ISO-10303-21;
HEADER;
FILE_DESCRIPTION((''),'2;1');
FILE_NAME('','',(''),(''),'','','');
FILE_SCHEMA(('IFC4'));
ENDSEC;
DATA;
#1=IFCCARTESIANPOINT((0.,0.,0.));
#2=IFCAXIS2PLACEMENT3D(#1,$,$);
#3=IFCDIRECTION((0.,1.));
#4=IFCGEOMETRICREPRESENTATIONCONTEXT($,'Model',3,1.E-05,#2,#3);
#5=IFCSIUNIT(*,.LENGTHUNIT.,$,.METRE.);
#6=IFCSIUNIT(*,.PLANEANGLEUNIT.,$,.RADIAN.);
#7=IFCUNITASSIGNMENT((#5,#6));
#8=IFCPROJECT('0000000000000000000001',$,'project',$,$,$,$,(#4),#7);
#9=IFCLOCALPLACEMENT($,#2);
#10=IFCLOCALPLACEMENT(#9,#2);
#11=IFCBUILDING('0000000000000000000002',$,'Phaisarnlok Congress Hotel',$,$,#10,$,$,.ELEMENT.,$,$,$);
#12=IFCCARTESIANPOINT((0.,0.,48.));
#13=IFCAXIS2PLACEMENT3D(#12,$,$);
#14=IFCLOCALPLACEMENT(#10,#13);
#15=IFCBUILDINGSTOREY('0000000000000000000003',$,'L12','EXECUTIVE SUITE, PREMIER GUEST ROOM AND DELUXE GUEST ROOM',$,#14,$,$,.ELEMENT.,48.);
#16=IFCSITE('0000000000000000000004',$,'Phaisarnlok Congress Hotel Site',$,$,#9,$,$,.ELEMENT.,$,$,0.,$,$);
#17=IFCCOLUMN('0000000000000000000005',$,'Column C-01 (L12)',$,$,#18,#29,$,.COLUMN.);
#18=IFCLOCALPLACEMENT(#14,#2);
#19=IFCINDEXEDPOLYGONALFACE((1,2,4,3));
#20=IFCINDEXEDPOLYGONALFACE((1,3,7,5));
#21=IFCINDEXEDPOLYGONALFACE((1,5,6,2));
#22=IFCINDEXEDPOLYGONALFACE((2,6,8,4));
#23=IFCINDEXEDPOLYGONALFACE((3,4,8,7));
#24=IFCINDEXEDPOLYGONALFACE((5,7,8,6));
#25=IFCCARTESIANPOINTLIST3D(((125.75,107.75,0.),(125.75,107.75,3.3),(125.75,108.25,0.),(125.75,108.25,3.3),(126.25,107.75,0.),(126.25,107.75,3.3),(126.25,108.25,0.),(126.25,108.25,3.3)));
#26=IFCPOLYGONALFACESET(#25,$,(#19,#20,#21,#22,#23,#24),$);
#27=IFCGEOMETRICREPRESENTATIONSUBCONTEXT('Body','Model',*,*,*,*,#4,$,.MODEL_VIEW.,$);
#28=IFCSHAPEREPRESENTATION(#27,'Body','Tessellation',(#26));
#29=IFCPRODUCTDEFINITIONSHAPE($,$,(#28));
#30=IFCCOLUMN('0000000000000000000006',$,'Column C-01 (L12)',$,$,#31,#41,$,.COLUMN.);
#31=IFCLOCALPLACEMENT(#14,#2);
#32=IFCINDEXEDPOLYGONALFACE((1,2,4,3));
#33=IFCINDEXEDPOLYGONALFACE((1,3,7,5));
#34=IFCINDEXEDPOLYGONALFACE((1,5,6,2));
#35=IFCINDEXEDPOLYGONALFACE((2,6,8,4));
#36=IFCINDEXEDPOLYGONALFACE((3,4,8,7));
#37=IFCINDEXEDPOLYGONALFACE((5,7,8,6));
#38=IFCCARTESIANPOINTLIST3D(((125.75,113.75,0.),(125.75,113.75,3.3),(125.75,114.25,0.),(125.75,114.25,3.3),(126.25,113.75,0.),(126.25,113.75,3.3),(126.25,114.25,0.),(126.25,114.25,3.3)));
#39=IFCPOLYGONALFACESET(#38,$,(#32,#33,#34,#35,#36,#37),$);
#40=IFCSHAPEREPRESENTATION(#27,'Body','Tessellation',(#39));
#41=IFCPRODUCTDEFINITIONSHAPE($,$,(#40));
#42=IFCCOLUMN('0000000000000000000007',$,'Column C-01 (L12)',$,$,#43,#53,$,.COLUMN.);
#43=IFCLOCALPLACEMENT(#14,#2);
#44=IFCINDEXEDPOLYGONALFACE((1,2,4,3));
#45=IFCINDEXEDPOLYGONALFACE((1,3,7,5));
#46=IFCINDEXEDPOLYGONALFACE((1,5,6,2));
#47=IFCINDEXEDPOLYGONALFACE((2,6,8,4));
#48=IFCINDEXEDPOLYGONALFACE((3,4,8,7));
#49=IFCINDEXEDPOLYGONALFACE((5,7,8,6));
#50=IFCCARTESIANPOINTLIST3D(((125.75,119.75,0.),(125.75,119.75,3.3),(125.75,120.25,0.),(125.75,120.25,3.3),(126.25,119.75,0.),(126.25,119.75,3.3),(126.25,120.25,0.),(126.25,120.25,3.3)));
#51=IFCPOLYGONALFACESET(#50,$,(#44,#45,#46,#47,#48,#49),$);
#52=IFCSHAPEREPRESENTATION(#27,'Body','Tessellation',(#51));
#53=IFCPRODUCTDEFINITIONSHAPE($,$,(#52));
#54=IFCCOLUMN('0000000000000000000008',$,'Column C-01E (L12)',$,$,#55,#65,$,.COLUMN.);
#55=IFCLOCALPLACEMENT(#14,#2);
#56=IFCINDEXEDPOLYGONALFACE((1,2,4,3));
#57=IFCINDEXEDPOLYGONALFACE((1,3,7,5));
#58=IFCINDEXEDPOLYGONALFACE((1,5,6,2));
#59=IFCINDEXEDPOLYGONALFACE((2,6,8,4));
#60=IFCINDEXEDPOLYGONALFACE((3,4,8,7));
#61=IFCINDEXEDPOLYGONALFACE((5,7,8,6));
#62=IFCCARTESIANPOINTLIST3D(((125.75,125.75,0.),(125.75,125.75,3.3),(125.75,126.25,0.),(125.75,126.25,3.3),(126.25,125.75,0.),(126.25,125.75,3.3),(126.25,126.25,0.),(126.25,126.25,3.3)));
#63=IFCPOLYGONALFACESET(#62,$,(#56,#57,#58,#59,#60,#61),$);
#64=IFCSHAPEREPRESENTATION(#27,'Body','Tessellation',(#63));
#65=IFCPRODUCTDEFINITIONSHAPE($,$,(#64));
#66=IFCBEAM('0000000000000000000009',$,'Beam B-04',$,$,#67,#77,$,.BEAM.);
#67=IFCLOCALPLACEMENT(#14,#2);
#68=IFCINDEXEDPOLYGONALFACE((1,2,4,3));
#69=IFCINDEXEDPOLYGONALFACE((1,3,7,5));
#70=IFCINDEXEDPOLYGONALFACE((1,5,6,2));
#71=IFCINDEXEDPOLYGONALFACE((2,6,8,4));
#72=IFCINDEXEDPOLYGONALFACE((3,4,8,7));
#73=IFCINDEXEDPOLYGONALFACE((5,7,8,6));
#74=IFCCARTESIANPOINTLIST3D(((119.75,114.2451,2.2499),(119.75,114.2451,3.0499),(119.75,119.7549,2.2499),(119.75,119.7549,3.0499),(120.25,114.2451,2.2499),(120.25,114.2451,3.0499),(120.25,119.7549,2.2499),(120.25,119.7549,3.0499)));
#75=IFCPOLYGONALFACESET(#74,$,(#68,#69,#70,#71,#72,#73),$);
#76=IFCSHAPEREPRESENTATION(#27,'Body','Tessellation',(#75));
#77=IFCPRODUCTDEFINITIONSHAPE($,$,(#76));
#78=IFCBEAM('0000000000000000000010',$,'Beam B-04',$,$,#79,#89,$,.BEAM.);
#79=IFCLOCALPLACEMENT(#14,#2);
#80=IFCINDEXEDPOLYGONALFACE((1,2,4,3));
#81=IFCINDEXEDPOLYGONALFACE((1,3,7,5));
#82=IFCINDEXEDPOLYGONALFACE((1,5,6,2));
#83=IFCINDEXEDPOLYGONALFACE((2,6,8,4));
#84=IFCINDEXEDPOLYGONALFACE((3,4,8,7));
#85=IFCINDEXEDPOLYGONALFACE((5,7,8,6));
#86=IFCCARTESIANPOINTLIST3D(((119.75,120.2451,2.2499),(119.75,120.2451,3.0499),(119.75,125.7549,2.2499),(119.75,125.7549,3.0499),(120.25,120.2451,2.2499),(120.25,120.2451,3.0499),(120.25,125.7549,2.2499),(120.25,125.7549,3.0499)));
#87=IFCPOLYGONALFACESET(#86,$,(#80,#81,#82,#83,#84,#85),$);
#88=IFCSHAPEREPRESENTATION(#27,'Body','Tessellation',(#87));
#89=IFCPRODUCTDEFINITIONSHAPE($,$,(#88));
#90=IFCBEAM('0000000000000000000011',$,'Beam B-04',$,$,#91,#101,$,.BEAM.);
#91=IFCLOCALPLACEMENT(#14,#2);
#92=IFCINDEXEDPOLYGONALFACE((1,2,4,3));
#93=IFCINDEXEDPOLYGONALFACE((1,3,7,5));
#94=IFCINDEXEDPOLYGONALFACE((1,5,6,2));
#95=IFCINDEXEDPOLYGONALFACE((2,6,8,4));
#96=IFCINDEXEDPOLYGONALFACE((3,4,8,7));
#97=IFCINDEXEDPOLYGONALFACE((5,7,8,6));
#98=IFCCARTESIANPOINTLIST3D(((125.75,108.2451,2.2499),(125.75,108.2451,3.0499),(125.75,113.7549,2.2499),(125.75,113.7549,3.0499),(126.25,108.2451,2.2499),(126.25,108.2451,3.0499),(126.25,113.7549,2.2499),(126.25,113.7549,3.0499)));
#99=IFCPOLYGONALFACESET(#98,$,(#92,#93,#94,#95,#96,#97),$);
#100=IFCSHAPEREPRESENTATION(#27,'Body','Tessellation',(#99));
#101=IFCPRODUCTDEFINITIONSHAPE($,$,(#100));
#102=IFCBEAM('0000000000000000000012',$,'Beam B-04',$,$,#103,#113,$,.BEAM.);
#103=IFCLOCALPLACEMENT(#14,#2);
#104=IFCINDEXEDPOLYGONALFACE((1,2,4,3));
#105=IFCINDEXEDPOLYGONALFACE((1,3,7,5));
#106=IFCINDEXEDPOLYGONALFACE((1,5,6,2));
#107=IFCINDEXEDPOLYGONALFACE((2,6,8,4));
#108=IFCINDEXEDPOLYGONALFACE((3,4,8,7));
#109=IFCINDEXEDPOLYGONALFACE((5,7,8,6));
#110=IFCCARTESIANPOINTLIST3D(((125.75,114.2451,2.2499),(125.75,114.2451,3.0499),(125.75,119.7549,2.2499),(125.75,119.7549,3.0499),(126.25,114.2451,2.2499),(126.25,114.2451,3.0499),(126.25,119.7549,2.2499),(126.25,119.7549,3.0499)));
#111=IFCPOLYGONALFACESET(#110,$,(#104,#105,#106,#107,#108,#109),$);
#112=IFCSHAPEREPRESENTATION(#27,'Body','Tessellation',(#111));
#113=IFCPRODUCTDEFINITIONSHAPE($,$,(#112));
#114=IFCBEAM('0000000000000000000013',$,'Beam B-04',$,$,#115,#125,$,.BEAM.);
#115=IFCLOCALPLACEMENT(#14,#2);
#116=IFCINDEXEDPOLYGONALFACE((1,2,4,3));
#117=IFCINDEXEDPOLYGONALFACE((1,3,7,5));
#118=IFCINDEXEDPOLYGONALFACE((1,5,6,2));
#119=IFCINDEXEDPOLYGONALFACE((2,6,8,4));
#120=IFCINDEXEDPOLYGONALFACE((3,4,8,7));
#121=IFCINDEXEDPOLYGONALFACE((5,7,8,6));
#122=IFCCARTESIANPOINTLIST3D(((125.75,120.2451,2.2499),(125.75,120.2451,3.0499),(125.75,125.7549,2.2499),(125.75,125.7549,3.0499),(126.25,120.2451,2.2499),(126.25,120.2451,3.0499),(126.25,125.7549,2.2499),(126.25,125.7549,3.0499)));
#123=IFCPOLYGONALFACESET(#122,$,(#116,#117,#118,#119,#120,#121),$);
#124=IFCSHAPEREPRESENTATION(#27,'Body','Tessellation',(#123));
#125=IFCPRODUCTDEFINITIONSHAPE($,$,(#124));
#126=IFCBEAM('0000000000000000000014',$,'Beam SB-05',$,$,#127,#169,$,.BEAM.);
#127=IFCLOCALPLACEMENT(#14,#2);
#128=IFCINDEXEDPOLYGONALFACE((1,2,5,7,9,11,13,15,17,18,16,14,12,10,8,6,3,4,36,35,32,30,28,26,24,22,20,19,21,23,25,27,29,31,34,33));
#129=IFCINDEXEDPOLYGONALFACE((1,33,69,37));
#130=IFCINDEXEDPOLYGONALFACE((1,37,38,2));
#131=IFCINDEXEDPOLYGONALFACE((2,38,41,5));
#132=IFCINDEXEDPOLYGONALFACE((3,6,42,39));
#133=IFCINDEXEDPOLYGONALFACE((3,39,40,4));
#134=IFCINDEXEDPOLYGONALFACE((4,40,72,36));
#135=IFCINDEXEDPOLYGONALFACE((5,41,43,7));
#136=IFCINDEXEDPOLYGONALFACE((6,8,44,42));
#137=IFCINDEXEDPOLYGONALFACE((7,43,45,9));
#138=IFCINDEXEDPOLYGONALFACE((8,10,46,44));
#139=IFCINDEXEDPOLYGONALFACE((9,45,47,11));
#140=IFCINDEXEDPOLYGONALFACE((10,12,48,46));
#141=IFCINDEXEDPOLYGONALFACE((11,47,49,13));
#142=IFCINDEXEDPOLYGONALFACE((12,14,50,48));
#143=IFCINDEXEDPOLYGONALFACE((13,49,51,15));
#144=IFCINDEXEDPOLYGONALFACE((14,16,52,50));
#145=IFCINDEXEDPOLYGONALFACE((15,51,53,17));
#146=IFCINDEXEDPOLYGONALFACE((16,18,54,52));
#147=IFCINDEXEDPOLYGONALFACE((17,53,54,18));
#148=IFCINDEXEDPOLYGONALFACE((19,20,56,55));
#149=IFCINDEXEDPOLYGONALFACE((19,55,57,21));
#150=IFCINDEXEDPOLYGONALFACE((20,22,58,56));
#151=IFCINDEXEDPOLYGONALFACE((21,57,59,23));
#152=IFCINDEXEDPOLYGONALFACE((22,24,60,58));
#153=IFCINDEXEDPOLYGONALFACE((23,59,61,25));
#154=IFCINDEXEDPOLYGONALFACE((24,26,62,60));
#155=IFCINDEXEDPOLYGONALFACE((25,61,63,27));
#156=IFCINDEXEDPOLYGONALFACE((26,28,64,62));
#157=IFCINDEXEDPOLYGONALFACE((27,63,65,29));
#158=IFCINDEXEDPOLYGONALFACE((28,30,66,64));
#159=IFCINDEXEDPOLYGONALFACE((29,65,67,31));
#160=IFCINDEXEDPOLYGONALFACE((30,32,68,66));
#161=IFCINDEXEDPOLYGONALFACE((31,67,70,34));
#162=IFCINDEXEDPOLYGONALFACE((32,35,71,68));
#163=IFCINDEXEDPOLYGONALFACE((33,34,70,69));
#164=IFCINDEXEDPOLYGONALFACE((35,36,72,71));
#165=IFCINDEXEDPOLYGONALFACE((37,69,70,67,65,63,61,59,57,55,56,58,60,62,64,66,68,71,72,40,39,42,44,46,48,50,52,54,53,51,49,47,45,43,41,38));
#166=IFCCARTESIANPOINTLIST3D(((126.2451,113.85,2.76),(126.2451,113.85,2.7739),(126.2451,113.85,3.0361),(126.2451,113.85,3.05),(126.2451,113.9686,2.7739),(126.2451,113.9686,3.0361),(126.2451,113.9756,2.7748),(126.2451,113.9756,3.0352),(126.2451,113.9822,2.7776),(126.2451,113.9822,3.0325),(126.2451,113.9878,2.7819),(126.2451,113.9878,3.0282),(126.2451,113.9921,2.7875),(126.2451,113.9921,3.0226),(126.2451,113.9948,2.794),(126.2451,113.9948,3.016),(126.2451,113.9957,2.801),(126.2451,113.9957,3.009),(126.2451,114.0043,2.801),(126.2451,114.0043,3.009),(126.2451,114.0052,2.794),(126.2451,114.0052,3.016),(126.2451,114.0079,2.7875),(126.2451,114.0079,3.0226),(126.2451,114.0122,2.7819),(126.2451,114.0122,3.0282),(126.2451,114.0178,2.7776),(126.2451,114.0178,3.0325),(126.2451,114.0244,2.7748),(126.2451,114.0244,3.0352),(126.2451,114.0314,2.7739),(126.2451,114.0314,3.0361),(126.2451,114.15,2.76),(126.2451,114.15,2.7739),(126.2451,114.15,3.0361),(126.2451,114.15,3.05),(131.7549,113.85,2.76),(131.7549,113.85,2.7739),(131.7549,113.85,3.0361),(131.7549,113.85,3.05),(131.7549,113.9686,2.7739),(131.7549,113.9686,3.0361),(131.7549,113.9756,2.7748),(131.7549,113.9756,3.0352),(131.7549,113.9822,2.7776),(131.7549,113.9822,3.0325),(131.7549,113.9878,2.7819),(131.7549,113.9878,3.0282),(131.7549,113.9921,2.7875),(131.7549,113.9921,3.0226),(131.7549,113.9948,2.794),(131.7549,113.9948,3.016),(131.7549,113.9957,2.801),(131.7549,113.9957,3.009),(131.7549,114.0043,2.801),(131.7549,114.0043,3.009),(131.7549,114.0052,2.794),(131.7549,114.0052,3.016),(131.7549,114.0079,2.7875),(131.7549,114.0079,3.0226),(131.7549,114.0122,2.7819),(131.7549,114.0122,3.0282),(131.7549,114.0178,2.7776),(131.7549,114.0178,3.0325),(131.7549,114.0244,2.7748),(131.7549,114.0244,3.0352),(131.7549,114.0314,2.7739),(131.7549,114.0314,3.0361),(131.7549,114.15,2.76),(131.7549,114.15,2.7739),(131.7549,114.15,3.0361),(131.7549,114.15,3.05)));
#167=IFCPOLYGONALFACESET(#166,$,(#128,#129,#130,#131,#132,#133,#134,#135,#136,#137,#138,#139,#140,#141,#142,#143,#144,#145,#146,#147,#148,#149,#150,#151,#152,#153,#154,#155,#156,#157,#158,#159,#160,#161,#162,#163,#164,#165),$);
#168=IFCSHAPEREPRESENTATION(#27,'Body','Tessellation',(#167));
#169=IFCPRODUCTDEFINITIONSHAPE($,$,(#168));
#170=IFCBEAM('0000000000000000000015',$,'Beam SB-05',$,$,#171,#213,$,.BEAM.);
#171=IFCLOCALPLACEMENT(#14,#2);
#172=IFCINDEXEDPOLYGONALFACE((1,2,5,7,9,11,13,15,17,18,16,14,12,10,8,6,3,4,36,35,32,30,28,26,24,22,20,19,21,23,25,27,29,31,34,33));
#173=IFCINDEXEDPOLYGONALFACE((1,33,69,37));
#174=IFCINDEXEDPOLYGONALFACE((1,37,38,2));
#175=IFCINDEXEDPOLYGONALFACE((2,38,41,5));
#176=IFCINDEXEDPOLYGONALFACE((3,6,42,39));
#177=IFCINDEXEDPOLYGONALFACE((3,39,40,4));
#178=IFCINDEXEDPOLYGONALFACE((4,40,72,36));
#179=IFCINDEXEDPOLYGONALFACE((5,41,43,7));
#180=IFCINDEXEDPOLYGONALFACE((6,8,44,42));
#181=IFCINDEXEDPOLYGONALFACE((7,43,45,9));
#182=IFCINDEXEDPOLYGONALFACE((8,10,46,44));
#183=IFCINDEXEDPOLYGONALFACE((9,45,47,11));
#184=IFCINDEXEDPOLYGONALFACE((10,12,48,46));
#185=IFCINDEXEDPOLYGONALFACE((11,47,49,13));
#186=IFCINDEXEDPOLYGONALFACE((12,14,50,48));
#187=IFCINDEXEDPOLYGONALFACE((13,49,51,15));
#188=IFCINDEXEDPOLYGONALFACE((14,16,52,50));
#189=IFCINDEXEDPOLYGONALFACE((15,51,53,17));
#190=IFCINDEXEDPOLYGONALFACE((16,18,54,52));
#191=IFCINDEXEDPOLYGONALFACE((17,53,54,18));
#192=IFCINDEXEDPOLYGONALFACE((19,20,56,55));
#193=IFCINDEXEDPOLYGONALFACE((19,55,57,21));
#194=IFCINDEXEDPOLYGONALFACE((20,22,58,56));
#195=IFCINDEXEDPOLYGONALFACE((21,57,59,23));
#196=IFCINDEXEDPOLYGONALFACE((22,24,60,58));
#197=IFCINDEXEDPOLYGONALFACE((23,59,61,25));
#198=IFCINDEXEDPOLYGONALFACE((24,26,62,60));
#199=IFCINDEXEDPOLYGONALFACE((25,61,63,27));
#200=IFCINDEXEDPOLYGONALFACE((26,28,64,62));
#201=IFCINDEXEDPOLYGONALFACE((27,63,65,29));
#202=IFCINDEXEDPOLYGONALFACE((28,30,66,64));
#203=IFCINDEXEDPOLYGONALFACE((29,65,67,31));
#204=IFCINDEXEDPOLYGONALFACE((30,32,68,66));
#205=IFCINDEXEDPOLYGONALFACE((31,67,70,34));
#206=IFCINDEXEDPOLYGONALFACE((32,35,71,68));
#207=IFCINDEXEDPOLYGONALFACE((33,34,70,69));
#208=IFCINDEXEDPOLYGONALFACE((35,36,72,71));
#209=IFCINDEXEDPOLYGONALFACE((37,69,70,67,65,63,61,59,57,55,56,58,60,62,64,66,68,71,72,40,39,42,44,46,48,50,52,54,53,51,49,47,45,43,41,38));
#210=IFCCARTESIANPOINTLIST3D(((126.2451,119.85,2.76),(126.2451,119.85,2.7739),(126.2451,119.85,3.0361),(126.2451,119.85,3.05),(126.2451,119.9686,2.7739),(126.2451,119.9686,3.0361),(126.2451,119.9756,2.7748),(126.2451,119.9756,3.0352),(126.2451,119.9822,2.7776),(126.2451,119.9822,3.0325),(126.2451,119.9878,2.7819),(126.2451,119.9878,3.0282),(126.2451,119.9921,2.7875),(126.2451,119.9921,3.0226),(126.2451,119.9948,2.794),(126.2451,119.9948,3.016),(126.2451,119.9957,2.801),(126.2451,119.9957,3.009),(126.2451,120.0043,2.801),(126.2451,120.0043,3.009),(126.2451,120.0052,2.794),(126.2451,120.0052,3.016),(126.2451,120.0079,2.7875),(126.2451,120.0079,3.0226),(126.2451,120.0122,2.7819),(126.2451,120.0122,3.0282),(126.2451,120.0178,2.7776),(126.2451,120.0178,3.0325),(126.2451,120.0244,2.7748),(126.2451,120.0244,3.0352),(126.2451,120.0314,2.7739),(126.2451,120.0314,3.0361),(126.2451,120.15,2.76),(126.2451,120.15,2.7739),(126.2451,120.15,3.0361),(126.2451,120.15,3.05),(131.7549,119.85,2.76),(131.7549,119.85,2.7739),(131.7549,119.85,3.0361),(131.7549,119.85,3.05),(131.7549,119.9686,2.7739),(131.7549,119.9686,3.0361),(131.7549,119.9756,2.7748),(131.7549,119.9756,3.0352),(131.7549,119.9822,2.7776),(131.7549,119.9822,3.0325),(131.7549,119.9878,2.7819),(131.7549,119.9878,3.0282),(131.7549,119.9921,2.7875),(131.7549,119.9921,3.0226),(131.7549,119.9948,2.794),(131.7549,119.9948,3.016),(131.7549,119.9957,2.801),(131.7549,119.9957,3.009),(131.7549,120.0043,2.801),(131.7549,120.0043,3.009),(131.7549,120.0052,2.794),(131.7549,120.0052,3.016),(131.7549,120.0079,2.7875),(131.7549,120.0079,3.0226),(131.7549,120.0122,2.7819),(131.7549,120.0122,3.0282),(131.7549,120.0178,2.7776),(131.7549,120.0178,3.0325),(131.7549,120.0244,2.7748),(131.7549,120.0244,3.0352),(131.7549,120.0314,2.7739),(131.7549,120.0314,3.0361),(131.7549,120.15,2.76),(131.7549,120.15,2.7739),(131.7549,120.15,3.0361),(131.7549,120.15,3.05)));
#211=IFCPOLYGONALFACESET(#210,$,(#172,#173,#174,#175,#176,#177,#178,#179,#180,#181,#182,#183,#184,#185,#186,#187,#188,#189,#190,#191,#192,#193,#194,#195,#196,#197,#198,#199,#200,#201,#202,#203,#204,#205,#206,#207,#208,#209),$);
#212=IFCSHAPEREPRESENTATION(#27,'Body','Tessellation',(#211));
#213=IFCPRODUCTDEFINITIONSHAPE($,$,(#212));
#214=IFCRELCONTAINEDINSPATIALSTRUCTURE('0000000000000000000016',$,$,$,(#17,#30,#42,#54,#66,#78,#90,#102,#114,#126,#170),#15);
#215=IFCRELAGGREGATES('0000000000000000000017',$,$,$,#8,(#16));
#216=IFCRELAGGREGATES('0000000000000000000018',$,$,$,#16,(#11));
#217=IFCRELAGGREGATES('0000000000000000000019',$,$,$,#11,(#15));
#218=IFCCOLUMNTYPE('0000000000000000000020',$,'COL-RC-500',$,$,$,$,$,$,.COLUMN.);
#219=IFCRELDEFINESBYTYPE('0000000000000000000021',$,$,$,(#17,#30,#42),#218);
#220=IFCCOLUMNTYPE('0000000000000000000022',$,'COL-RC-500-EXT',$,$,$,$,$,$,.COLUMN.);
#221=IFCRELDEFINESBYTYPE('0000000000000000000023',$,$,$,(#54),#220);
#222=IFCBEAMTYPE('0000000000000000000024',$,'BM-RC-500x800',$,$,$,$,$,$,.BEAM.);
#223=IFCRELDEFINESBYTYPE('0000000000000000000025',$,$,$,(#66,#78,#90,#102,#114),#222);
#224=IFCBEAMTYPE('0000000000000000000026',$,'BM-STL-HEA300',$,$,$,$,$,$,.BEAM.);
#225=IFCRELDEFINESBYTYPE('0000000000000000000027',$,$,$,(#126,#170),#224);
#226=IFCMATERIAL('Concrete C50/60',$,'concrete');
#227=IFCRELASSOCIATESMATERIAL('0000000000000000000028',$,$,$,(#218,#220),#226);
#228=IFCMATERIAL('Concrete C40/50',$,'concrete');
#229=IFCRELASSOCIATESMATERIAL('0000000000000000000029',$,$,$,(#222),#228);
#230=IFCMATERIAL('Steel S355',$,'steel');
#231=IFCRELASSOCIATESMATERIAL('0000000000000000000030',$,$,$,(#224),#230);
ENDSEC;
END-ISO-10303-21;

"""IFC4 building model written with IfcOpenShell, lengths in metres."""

from ifc_helpers import new_model, si_unit, direction, frame, origin, origin_2d, place, context, subcontext, project, spatial, rectangle, i_section, extrude, material, material_profile, profile_set, type_object, element, save


model = new_model("IFC4")

# Units and contexts
model_context = context("Model", 3, precision=1e-05, world=origin(), true_north=direction((0.0, 1.0)))
body_context = subcontext(model_context, "Body", "Model", "MODEL_VIEW")
ifc_project = project(units=[si_unit("LENGTHUNIT", "METRE"), si_unit("PLANEANGLEUNIT", "RADIAN")], contexts=[model_context])

# Site, building, storey
site_placement = place(None, origin())
site = spatial("IfcSite", under=ifc_project, at=site_placement, Name="Phaisarnlok Congress Hotel Site", CompositionType="ELEMENT", RefElevation=0.0)
building_placement = place(site_placement, origin())
building = spatial("IfcBuilding", under=site, at=building_placement, Name="Phaisarnlok Congress Hotel", CompositionType="ELEMENT")
storey_placement = place(building_placement, frame((0.0, 0.0, 48.0)))
storey = spatial("IfcBuildingStorey", under=building, at=storey_placement, Name="L12", Description="EXECUTIVE SUITE, PREMIER GUEST ROOM AND DELUXE GUEST ROOM", CompositionType="ELEMENT", Elevation=48.0)

# Columns
ifc_material_1 = material(Name="Concrete C50/60", Category="concrete")
ifc_material_profile_1 = material_profile(ifc_material_1, rectangle(XDim=0.5, YDim=0.5, at=origin_2d()), Name="RC 500x500")
ifc_profile_set_1 = profile_set([ifc_material_profile_1], Name="Concrete C50/60")
column_type_1 = type_object("IfcColumnType", Name="COL-RC-500", PredefinedType="COLUMN", material=ifc_profile_set_1)
for number, where, z_axis, x_axis, name in (
    (1, (126.0, 108.0, 0.0), (0.0, 0.0, 1.0), (1.0, 0.0, 0.0), "Column C-01 (L12)"),
    (2, (126.0, 114.0, 0.0), (0.0, 0.0, 1.0), (1.0, 0.0, 0.0), "Column C-01 (L12)"),
    (3, (126.0, 120.0, 0.0), (0.0, 0.0, 1.0), (1.0, 0.0, 0.0), "Column C-01 (L12)"),
):
    element("IfcColumn", number, at=place(storey_placement, frame(where, z_axis=z_axis, x_axis=x_axis)), inside=storey, type_object=column_type_1, Name=name, PredefinedType="COLUMN", context=body_context, shape_type="SweptSolid", body=[
        extrude(rectangle(XDim=0.5, YDim=0.5, at=origin_2d()), origin(), (0.0, 0.0, 1.0), 3.3),
    ])
ifc_material_profile_2 = material_profile(ifc_material_1, rectangle(XDim=0.5, YDim=0.5, at=origin_2d()), Name="RC 500x500")
ifc_profile_set_2 = profile_set([ifc_material_profile_2], Name="Concrete C50/60")
column_type_2 = type_object("IfcColumnType", Name="COL-RC-500-EXT", PredefinedType="COLUMN", material=ifc_profile_set_2)
column_placement = place(storey_placement, frame((126.0, 126.0, 0.0), z_axis=(0.0, 0.0, 1.0), x_axis=(1.0, 0.0, 0.0)))
element("IfcColumn", 4, at=column_placement, inside=storey, type_object=column_type_2, Name="Column C-01E (L12)", PredefinedType="COLUMN", context=body_context, shape_type="SweptSolid", body=[
    extrude(rectangle(XDim=0.5, YDim=0.5, at=origin_2d()), origin(), (0.0, 0.0, 1.0), 3.3),
])

# Beams
ifc_material_2 = material(Name="Concrete C40/50", Category="concrete")
ifc_material_profile_3 = material_profile(ifc_material_2, rectangle(XDim=0.5, YDim=0.8, at=origin_2d()), Name="RC 500x800")
ifc_profile_set_3 = profile_set([ifc_material_profile_3], Name="Concrete C40/50")
beam_type_1 = type_object("IfcBeamType", Name="BM-RC-500x800", PredefinedType="BEAM", material=ifc_profile_set_3)
for number, where, z_axis, x_axis, name in (
    (5, (120.0, 114.2451, 2.6499), (0.0, 1.0, 0.0), (-1.0, 0.0, 0.0), "Beam B-04"),
    (6, (120.0, 120.2451, 2.6499), (0.0, 1.0, 0.0), (-1.0, 0.0, 0.0), "Beam B-04"),
    (7, (126.0, 108.2451, 2.6499), (0.0, 1.0, 0.0), (-1.0, 0.0, 0.0), "Beam B-04"),
    (8, (126.0, 114.2451, 2.6499), (0.0, 1.0, 0.0), (-1.0, 0.0, 0.0), "Beam B-04"),
    (9, (126.0, 120.2451, 2.6499), (0.0, 1.0, 0.0), (-1.0, 0.0, 0.0), "Beam B-04"),
):
    element("IfcBeam", number, at=place(storey_placement, frame(where, z_axis=z_axis, x_axis=x_axis)), inside=storey, type_object=beam_type_1, Name=name, PredefinedType="BEAM", context=body_context, shape_type="SweptSolid", body=[
        extrude(rectangle(XDim=0.5, YDim=0.8, at=origin_2d()), origin(), (0.0, 0.0, 1.0), 5.5098),
    ])
ifc_material_3 = material(Name="Steel S355", Category="steel")
ifc_material_profile_4 = material_profile(ifc_material_3, i_section(OverallWidth=0.3, OverallDepth=0.29, WebThickness=0.0085, FlangeThickness=0.0139, FilletRadius=0.0271, at=origin_2d()), Name="HEA 300")
ifc_profile_set_4 = profile_set([ifc_material_profile_4], Name="Steel S355")
beam_type_2 = type_object("IfcBeamType", Name="BM-STL-HEA300", PredefinedType="BEAM", material=ifc_profile_set_4)
for number, where, z_axis, x_axis, name in (
    (10, (126.2451, 114.0, 2.905), (1.0, 0.0, 0.0), (0.0, 1.0, 0.0), "Beam SB-05"),
    (11, (126.2451, 120.0, 2.905), (1.0, 0.0, 0.0), (0.0, 1.0, 0.0), "Beam SB-05"),
):
    element("IfcBeam", number, at=place(storey_placement, frame(where, z_axis=z_axis, x_axis=x_axis)), inside=storey, type_object=beam_type_2, Name=name, PredefinedType="BEAM", context=body_context, shape_type="SweptSolid", body=[
        extrude(i_section(OverallWidth=0.3, OverallDepth=0.29, WebThickness=0.0085, FlangeThickness=0.0139, FilletRadius=0.0271, at=origin_2d()), origin(), (0.0, 0.0, 1.0), 5.5098),
    ])

save(model, "model.ifc")
